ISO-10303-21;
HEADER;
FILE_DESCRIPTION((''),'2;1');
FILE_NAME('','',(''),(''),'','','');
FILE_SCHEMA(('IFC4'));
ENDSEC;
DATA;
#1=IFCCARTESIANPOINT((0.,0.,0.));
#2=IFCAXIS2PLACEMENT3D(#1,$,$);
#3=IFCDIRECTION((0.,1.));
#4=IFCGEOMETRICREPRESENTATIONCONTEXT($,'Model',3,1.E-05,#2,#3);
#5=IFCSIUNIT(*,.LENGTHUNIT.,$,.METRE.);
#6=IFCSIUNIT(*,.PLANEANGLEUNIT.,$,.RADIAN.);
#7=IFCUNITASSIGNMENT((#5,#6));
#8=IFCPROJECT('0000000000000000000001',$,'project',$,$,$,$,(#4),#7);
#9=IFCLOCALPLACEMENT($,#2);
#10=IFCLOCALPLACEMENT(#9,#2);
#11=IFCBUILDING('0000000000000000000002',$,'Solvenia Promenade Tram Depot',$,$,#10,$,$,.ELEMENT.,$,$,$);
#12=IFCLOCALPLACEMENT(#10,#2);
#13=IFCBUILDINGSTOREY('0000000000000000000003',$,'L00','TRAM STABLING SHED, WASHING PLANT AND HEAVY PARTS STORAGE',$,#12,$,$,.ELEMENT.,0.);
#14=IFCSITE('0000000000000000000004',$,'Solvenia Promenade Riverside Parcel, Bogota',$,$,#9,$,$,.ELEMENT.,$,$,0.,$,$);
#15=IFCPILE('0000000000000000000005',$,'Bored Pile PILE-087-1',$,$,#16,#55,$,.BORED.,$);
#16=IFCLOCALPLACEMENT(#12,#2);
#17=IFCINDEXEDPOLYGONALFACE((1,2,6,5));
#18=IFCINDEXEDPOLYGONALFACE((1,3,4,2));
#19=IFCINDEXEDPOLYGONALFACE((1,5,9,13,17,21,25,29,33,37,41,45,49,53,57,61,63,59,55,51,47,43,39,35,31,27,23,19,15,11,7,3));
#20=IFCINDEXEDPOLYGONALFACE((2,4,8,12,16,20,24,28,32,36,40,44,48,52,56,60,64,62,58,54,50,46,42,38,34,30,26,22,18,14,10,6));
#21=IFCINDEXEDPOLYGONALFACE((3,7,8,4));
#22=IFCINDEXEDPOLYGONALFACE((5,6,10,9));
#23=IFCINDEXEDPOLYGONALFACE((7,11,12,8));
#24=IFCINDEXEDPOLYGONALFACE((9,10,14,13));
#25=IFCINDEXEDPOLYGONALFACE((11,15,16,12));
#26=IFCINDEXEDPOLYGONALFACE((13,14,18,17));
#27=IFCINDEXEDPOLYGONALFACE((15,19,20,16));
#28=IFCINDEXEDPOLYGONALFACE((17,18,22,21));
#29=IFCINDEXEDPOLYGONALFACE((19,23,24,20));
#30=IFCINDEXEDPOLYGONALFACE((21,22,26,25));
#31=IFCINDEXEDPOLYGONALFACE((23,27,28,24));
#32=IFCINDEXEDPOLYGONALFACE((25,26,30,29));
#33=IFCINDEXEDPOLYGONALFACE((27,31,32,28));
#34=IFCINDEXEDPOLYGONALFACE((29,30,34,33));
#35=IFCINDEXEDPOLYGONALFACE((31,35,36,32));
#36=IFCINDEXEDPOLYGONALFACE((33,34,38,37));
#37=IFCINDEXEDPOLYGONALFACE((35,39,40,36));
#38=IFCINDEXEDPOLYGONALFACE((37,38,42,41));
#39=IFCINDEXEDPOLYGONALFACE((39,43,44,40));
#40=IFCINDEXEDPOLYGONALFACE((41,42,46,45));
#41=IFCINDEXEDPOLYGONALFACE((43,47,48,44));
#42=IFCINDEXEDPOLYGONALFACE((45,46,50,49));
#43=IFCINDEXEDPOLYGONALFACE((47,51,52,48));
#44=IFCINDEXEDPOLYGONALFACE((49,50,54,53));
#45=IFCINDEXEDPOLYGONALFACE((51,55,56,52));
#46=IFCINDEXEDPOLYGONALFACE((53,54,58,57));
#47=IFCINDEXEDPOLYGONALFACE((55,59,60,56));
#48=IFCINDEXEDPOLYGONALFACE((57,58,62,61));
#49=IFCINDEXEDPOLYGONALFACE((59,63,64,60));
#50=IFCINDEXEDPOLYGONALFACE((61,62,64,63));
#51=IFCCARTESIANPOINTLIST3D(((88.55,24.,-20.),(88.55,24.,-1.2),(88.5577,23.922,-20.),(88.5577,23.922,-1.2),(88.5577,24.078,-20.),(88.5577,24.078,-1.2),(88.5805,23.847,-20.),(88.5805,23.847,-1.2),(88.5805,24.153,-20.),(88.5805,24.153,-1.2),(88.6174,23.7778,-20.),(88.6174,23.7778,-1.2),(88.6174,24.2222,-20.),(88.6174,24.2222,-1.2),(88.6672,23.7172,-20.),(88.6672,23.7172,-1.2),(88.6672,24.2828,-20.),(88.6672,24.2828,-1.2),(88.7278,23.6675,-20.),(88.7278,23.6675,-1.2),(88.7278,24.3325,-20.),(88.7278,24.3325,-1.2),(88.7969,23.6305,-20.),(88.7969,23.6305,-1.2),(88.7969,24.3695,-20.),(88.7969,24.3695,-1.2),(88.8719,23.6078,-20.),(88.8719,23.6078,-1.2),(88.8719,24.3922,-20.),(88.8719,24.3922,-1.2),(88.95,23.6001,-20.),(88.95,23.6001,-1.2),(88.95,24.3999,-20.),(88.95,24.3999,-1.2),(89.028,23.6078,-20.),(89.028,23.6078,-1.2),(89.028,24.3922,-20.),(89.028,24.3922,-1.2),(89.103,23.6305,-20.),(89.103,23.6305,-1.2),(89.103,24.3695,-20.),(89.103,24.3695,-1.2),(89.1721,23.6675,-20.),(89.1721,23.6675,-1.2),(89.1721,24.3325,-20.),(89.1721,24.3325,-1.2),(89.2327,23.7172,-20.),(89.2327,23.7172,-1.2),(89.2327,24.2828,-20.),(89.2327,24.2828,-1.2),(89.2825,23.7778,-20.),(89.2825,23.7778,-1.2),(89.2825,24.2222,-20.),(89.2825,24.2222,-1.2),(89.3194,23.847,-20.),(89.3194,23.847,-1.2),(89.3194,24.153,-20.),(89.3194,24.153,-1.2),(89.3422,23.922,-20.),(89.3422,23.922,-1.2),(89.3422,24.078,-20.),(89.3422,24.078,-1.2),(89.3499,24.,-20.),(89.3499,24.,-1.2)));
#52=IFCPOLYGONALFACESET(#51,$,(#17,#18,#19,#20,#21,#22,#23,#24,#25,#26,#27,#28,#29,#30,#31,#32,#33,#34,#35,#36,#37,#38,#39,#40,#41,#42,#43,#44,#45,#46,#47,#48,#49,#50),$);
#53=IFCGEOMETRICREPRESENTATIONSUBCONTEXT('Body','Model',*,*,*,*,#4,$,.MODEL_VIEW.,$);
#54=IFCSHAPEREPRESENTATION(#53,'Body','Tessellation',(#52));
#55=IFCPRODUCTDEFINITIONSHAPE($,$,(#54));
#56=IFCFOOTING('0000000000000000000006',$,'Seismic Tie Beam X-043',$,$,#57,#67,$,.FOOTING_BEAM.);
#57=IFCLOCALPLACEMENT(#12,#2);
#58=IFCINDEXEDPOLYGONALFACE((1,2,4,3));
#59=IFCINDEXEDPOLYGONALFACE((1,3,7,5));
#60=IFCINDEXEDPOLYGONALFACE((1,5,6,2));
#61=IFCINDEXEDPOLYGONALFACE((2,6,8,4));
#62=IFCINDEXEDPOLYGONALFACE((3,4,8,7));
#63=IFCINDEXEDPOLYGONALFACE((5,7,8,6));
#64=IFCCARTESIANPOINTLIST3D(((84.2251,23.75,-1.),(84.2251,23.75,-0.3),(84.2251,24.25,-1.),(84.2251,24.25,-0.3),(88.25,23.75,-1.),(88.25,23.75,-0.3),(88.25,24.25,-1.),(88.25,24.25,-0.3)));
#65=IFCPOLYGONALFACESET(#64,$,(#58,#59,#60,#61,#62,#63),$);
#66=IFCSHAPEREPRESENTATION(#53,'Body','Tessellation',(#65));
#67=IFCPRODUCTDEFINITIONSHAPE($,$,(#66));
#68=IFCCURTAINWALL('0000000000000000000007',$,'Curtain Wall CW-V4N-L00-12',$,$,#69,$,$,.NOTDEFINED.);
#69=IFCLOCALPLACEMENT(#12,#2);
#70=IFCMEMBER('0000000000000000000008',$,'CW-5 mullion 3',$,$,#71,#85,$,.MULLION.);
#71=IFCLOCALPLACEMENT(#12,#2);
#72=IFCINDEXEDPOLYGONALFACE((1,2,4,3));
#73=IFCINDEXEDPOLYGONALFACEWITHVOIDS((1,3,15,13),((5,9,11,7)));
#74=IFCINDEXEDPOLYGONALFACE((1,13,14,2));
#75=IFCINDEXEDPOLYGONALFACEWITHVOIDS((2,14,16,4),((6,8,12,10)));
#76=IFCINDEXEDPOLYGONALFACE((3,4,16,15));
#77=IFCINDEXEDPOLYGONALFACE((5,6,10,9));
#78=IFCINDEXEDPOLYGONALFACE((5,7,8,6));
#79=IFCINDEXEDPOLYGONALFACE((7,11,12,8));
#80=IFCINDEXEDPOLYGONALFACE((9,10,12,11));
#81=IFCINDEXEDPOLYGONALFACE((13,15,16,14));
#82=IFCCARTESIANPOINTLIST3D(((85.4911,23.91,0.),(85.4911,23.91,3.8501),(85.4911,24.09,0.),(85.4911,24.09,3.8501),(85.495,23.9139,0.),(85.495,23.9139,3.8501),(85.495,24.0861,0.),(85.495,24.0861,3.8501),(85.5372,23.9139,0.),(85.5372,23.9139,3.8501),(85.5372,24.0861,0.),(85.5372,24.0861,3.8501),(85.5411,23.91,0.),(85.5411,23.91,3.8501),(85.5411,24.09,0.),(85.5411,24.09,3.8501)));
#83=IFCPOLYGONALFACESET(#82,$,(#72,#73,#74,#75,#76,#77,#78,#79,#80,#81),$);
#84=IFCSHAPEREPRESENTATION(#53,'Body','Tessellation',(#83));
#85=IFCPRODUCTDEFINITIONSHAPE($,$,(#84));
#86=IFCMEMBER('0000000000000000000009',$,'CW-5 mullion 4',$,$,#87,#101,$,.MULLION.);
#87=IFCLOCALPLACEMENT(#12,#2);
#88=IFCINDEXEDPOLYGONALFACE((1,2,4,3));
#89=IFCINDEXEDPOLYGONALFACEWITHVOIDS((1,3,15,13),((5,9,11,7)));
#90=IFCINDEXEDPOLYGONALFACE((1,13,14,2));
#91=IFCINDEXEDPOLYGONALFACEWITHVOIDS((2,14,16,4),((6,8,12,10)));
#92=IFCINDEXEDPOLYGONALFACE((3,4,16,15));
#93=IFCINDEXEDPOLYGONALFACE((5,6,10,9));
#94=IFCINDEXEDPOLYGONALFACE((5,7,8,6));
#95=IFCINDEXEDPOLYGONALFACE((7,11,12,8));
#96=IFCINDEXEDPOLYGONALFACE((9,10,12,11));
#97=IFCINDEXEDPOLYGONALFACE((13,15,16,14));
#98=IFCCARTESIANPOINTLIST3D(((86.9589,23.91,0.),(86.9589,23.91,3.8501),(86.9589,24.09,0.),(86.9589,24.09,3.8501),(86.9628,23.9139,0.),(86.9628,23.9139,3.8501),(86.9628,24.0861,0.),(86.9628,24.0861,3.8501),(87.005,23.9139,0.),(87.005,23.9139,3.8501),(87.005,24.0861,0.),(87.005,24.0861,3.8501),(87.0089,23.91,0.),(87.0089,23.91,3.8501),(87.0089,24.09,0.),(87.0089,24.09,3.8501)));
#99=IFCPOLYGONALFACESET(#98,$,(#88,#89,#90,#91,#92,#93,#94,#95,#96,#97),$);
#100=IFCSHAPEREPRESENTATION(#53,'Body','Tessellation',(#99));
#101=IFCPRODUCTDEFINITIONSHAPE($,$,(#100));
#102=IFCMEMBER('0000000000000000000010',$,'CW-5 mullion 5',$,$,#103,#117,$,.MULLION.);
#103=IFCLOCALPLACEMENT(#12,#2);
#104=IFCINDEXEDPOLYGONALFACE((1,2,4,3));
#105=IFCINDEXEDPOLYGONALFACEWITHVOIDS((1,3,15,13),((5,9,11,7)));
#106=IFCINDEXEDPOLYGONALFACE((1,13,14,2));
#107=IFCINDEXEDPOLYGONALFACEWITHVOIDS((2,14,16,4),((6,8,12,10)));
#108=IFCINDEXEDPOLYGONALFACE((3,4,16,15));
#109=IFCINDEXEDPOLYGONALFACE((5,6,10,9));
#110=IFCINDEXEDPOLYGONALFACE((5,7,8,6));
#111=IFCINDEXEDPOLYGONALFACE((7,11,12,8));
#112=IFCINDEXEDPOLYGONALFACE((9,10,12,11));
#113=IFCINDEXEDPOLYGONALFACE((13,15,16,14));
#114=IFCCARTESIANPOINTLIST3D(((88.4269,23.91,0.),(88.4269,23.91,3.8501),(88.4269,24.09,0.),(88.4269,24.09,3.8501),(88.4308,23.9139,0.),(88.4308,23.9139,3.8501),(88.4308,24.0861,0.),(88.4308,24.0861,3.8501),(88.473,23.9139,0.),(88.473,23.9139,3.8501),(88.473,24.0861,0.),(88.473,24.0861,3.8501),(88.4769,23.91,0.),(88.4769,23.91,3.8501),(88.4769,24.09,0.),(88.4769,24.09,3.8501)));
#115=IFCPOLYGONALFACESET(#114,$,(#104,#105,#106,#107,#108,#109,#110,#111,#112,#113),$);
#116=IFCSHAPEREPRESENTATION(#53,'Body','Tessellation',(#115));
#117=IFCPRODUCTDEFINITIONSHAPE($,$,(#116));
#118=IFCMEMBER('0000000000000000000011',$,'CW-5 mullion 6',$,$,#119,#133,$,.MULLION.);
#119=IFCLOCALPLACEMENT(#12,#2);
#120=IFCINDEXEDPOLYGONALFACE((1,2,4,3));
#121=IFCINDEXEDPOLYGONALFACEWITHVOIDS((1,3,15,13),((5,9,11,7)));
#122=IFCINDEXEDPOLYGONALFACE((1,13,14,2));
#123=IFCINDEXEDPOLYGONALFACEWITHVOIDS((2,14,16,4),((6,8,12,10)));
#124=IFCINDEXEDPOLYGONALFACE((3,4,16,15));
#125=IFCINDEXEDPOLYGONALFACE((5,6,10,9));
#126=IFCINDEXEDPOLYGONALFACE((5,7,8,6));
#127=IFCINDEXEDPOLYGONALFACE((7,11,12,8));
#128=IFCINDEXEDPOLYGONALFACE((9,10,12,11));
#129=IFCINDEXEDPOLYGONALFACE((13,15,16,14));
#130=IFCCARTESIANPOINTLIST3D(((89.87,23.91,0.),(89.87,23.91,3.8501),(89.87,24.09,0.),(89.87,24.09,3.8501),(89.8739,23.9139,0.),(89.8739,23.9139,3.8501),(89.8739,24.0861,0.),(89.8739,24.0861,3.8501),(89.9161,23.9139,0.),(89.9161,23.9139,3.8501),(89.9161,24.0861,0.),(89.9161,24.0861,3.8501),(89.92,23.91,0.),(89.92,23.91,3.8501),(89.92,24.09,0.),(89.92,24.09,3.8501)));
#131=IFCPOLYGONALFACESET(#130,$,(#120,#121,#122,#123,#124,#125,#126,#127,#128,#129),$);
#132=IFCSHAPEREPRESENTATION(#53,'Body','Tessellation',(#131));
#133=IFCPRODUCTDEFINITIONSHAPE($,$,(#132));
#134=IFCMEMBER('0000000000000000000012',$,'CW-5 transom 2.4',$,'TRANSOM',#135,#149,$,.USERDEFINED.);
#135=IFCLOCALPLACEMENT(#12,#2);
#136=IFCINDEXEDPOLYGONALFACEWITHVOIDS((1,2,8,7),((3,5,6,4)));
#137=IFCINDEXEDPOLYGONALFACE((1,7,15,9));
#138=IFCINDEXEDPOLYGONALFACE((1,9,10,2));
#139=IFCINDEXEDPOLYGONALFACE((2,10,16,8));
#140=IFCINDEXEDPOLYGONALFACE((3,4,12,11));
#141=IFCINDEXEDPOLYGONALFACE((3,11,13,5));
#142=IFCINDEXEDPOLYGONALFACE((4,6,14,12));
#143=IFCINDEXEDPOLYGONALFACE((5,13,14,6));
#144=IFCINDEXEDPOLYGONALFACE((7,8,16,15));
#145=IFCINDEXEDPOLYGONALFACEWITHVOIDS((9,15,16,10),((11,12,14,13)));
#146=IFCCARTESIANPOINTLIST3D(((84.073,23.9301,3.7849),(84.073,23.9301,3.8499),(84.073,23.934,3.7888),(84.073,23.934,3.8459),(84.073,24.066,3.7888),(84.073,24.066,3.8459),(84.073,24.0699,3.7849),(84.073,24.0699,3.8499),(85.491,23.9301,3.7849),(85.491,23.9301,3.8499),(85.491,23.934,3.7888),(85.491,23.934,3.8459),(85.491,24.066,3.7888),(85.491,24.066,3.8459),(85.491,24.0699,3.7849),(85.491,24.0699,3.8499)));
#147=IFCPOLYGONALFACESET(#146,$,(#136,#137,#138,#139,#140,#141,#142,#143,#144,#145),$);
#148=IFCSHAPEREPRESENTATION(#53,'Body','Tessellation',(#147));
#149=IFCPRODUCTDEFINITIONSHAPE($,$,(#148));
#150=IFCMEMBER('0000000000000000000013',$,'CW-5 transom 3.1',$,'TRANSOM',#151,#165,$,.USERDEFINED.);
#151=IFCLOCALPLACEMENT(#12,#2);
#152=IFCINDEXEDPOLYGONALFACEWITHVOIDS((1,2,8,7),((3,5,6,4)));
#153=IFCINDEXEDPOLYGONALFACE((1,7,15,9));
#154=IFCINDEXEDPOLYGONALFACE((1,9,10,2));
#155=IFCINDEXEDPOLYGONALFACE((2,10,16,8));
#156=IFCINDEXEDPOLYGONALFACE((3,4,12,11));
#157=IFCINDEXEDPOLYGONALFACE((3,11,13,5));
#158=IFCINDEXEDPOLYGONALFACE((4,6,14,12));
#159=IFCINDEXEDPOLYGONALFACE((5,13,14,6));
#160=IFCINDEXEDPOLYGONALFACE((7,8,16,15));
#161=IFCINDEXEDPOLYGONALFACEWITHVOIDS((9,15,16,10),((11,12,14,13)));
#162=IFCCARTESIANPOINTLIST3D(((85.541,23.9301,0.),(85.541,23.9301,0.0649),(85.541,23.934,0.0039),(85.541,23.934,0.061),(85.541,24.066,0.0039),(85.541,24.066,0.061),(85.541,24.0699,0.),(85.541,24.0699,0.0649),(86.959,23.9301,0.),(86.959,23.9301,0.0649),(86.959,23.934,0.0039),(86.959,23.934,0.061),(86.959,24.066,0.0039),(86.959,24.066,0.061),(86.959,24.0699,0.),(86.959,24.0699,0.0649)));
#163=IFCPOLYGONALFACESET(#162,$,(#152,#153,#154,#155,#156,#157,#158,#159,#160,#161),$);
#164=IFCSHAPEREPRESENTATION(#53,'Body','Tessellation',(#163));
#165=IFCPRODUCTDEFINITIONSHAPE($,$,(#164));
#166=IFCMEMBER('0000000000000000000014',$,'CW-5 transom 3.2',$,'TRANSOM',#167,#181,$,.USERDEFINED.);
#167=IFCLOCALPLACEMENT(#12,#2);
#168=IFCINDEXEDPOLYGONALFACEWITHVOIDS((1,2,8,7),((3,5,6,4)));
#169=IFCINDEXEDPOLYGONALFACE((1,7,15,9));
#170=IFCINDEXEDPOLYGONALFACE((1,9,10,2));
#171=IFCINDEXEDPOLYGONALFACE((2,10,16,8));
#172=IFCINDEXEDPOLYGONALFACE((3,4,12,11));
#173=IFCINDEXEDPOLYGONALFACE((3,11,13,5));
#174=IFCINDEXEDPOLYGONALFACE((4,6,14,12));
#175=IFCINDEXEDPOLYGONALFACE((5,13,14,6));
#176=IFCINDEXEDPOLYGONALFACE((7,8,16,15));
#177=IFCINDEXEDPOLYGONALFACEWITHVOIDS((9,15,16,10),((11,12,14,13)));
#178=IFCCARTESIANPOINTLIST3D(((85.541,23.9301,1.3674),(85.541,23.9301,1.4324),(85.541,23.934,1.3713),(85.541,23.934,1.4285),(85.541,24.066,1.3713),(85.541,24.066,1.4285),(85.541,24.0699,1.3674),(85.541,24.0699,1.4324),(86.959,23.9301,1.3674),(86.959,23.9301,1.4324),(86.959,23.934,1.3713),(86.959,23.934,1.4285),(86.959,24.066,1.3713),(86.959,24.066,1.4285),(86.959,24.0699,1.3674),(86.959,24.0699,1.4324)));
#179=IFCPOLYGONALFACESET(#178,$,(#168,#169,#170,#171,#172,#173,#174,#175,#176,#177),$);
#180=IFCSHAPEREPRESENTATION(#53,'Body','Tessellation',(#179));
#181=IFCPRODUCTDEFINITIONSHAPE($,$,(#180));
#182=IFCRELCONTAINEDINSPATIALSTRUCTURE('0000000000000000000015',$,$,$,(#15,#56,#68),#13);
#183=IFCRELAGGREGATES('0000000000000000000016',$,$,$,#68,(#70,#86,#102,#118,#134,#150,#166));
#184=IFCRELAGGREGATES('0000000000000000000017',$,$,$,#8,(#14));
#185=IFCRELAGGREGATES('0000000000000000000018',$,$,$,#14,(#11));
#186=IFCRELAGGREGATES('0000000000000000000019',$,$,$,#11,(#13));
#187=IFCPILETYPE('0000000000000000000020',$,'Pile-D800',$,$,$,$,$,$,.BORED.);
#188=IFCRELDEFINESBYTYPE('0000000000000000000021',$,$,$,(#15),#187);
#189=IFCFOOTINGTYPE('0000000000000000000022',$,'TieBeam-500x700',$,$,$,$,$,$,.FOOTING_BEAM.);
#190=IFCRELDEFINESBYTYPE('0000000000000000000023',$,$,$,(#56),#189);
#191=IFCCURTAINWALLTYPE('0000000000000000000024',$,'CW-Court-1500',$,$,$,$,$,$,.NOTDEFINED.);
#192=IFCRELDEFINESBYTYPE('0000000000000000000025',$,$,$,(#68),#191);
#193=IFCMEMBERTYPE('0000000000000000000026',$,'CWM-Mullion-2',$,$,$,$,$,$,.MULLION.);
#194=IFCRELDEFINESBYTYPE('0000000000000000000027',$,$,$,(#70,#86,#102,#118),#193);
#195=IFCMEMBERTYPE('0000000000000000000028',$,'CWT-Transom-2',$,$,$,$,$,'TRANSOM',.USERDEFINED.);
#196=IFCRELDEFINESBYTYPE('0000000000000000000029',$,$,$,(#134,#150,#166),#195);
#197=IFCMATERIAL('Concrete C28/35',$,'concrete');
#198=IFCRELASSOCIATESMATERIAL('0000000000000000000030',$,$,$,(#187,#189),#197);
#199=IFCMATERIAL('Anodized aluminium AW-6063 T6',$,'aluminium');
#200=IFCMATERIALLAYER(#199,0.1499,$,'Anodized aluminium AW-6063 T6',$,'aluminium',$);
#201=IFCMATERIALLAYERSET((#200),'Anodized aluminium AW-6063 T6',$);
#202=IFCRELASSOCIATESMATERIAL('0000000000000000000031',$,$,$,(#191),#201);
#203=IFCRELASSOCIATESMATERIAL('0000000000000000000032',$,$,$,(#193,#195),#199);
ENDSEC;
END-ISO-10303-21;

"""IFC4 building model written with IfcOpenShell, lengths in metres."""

from ifc_helpers import new_model, si_unit, direction, frame, origin, origin_2d, place, context, subcontext, project, spatial, rectangle, hollow_rectangle, circle, extrude, material, layer, layer_set, material_profile, profile_set, type_object, element, aggregate, save


model = new_model("IFC4")

# Units and contexts
model_context = context("Model", 3, precision=1e-05, world=origin(), true_north=direction((0.0, 1.0)))
body_context = subcontext(model_context, "Body", "Model", "MODEL_VIEW")
ifc_project = project(units=[si_unit("LENGTHUNIT", "METRE"), si_unit("PLANEANGLEUNIT", "RADIAN")], contexts=[model_context])

# Site, building, storey
site_placement = place(None, origin())
site = spatial("IfcSite", under=ifc_project, at=site_placement, Name="Solvenia Promenade Riverside Parcel, Bogota", CompositionType="ELEMENT", RefElevation=0.0)
building_placement = place(site_placement, origin())
building = spatial("IfcBuilding", under=site, at=building_placement, Name="Solvenia Promenade Tram Depot", CompositionType="ELEMENT")
storey_placement = place(building_placement, origin())
storey = spatial("IfcBuildingStorey", under=building, at=storey_placement, Name="L00", Description="TRAM STABLING SHED, WASHING PLANT AND HEAVY PARTS STORAGE", CompositionType="ELEMENT", Elevation=0.0)

# Pile
ifc_material_1 = material(Name="Concrete C28/35", Category="concrete")
ifc_material_profile_1 = material_profile(ifc_material_1, circle(Radius=0.3999, at=origin_2d()), Name="D800", Category="concrete")
ifc_profile_set_1 = profile_set([ifc_material_profile_1], Name="Concrete C28/35")
pile_type = type_object("IfcPileType", Name="Pile-D800", PredefinedType="BORED", material=ifc_profile_set_1)
pile_placement = place(storey_placement, frame((88.95, 24.0, -1.2), z_axis=(0.0, 0.0, -1.0), x_axis=(1.0, 0.0, 0.0)))
element("IfcPile", 1, at=pile_placement, inside=storey, type_object=pile_type, Name="Bored Pile PILE-087-1", PredefinedType="BORED", context=body_context, shape_type="SweptSolid", body=[
    extrude(circle(Radius=0.3999, at=origin_2d()), origin(), (0.0, 0.0, 1.0), 18.8),
])

# Footing
footing_type = type_object("IfcFootingType", Name="TieBeam-500x700", PredefinedType="FOOTING_BEAM", material=ifc_material_1)
footing_placement = place(storey_placement, frame((86.2375, 24.0, -1.0), z_axis=(0.0, 0.0, 1.0), x_axis=(1.0, 0.0, 0.0)))
element("IfcFooting", 2, at=footing_placement, inside=storey, type_object=footing_type, Name="Seismic Tie Beam X-043", PredefinedType="FOOTING_BEAM", context=body_context, shape_type="SweptSolid", body=[
    extrude(rectangle(XDim=4.0249, YDim=0.5, at=origin_2d()), origin(), (0.0, 0.0, 1.0), 0.7),
])

# Curtain wall, members
ifc_material_2 = material(Name="Anodized aluminium AW-6063 T6", Category="aluminium")
ifc_layer_1 = layer(ifc_material_2, 0.1499, Name="Anodized aluminium AW-6063 T6", Category="aluminium")
ifc_layer_set_1 = layer_set([ifc_layer_1], Name="Anodized aluminium AW-6063 T6")
curtain_wall_type = type_object("IfcCurtainWallType", Name="CW-Court-1500", PredefinedType="NOTDEFINED", material=ifc_layer_set_1)
curtain_wall_1_placement = place(storey_placement, origin())
curtain_wall_1 = element("IfcCurtainWall", 3, at=curtain_wall_1_placement, inside=storey, type_object=curtain_wall_type, Name="Curtain Wall CW-V4N-L00-12", PredefinedType="NOTDEFINED")
ifc_material_profile_2 = material_profile(ifc_material_2, hollow_rectangle(XDim=0.1799, YDim=0.05, WallThickness=0.0039, at=origin_2d()), Name="ALU-M2", Category="aluminium")
ifc_profile_set_2 = profile_set([ifc_material_profile_2], Name="Anodized aluminium AW-6063 T6")
member_type_1 = type_object("IfcMemberType", Name="CWM-Mullion-2", PredefinedType="MULLION", material=ifc_profile_set_2)
member_1_placement = place(storey_placement, frame((85.5161, 24.0, 0.0), z_axis=(0.0, 0.0, 1.0), x_axis=(0.0, 1.0, 0.0)))
member_1 = element("IfcMember", 4, at=member_1_placement, type_object=member_type_1, Name="CW-5 mullion 3", PredefinedType="MULLION", context=body_context, shape_type="SweptSolid", body=[
    extrude(hollow_rectangle(XDim=0.1799, YDim=0.05, WallThickness=0.0039, at=origin_2d()), origin(), (0.0, 0.0, 1.0), 3.8501),
])
member_2_placement = place(storey_placement, frame((86.9839, 24.0, 0.0), z_axis=(0.0, 0.0, 1.0), x_axis=(0.0, 1.0, 0.0)))
member_2 = element("IfcMember", 5, at=member_2_placement, type_object=member_type_1, Name="CW-5 mullion 4", PredefinedType="MULLION", context=body_context, shape_type="SweptSolid", body=[
    extrude(hollow_rectangle(XDim=0.1799, YDim=0.05, WallThickness=0.0039, at=origin_2d()), origin(), (0.0, 0.0, 1.0), 3.8501),
])
member_3_placement = place(storey_placement, frame((88.4519, 24.0, 0.0), z_axis=(0.0, 0.0, 1.0), x_axis=(0.0, 1.0, 0.0)))
member_3 = element("IfcMember", 6, at=member_3_placement, type_object=member_type_1, Name="CW-5 mullion 5", PredefinedType="MULLION", context=body_context, shape_type="SweptSolid", body=[
    extrude(hollow_rectangle(XDim=0.1799, YDim=0.05, WallThickness=0.0039, at=origin_2d()), origin(), (0.0, 0.0, 1.0), 3.8501),
])
member_4_placement = place(storey_placement, frame((89.895, 24.0, 0.0), z_axis=(0.0, 0.0, 1.0), x_axis=(0.0, 1.0, 0.0)))
member_4 = element("IfcMember", 7, at=member_4_placement, type_object=member_type_1, Name="CW-5 mullion 6", PredefinedType="MULLION", context=body_context, shape_type="SweptSolid", body=[
    extrude(hollow_rectangle(XDim=0.1799, YDim=0.05, WallThickness=0.0039, at=origin_2d()), origin(), (0.0, 0.0, 1.0), 3.8501),
])
ifc_material_profile_3 = material_profile(ifc_material_2, hollow_rectangle(XDim=0.1399, YDim=0.0649, WallThickness=0.0039, at=origin_2d()), Name="ALU-T2", Category="aluminium")
ifc_profile_set_3 = profile_set([ifc_material_profile_3], Name="Anodized aluminium AW-6063 T6")
member_type_2 = type_object("IfcMemberType", Name="CWT-Transom-2", ElementType="TRANSOM", PredefinedType="USERDEFINED", material=ifc_profile_set_3)
member_5_placement = place(storey_placement, frame((84.073, 24.0, 3.8174), z_axis=(1.0, 0.0, 0.0), x_axis=(0.0, 1.0, 0.0)))
member_5 = element("IfcMember", 8, at=member_5_placement, type_object=member_type_2, Name="CW-5 transom 2.4", ObjectType="TRANSOM", PredefinedType="USERDEFINED", context=body_context, shape_type="SweptSolid", body=[
    extrude(hollow_rectangle(XDim=0.1399, YDim=0.0649, WallThickness=0.0039, at=origin_2d()), origin(), (0.0, 0.0, 1.0), 1.418),
])
member_6_placement = place(storey_placement, frame((85.541, 24.0, 0.0325), z_axis=(1.0, 0.0, 0.0), x_axis=(0.0, 1.0, 0.0)))
member_6 = element("IfcMember", 9, at=member_6_placement, type_object=member_type_2, Name="CW-5 transom 3.1", ObjectType="TRANSOM", PredefinedType="USERDEFINED", context=body_context, shape_type="SweptSolid", body=[
    extrude(hollow_rectangle(XDim=0.1399, YDim=0.0649, WallThickness=0.0039, at=origin_2d()), origin(), (0.0, 0.0, 1.0), 1.418),
])
member_7_placement = place(storey_placement, frame((85.541, 24.0, 1.3999), z_axis=(1.0, 0.0, 0.0), x_axis=(0.0, 1.0, 0.0)))
member_7 = element("IfcMember", 10, at=member_7_placement, type_object=member_type_2, Name="CW-5 transom 3.2", ObjectType="TRANSOM", PredefinedType="USERDEFINED", context=body_context, shape_type="SweptSolid", body=[
    extrude(hollow_rectangle(XDim=0.1399, YDim=0.0649, WallThickness=0.0039, at=origin_2d()), origin(), (0.0, 0.0, 1.0), 1.418),
])

aggregate(curtain_wall_1, [member_1, member_2, member_3, member_4, member_5, member_6, member_7])

save(model, "model.ifc")
